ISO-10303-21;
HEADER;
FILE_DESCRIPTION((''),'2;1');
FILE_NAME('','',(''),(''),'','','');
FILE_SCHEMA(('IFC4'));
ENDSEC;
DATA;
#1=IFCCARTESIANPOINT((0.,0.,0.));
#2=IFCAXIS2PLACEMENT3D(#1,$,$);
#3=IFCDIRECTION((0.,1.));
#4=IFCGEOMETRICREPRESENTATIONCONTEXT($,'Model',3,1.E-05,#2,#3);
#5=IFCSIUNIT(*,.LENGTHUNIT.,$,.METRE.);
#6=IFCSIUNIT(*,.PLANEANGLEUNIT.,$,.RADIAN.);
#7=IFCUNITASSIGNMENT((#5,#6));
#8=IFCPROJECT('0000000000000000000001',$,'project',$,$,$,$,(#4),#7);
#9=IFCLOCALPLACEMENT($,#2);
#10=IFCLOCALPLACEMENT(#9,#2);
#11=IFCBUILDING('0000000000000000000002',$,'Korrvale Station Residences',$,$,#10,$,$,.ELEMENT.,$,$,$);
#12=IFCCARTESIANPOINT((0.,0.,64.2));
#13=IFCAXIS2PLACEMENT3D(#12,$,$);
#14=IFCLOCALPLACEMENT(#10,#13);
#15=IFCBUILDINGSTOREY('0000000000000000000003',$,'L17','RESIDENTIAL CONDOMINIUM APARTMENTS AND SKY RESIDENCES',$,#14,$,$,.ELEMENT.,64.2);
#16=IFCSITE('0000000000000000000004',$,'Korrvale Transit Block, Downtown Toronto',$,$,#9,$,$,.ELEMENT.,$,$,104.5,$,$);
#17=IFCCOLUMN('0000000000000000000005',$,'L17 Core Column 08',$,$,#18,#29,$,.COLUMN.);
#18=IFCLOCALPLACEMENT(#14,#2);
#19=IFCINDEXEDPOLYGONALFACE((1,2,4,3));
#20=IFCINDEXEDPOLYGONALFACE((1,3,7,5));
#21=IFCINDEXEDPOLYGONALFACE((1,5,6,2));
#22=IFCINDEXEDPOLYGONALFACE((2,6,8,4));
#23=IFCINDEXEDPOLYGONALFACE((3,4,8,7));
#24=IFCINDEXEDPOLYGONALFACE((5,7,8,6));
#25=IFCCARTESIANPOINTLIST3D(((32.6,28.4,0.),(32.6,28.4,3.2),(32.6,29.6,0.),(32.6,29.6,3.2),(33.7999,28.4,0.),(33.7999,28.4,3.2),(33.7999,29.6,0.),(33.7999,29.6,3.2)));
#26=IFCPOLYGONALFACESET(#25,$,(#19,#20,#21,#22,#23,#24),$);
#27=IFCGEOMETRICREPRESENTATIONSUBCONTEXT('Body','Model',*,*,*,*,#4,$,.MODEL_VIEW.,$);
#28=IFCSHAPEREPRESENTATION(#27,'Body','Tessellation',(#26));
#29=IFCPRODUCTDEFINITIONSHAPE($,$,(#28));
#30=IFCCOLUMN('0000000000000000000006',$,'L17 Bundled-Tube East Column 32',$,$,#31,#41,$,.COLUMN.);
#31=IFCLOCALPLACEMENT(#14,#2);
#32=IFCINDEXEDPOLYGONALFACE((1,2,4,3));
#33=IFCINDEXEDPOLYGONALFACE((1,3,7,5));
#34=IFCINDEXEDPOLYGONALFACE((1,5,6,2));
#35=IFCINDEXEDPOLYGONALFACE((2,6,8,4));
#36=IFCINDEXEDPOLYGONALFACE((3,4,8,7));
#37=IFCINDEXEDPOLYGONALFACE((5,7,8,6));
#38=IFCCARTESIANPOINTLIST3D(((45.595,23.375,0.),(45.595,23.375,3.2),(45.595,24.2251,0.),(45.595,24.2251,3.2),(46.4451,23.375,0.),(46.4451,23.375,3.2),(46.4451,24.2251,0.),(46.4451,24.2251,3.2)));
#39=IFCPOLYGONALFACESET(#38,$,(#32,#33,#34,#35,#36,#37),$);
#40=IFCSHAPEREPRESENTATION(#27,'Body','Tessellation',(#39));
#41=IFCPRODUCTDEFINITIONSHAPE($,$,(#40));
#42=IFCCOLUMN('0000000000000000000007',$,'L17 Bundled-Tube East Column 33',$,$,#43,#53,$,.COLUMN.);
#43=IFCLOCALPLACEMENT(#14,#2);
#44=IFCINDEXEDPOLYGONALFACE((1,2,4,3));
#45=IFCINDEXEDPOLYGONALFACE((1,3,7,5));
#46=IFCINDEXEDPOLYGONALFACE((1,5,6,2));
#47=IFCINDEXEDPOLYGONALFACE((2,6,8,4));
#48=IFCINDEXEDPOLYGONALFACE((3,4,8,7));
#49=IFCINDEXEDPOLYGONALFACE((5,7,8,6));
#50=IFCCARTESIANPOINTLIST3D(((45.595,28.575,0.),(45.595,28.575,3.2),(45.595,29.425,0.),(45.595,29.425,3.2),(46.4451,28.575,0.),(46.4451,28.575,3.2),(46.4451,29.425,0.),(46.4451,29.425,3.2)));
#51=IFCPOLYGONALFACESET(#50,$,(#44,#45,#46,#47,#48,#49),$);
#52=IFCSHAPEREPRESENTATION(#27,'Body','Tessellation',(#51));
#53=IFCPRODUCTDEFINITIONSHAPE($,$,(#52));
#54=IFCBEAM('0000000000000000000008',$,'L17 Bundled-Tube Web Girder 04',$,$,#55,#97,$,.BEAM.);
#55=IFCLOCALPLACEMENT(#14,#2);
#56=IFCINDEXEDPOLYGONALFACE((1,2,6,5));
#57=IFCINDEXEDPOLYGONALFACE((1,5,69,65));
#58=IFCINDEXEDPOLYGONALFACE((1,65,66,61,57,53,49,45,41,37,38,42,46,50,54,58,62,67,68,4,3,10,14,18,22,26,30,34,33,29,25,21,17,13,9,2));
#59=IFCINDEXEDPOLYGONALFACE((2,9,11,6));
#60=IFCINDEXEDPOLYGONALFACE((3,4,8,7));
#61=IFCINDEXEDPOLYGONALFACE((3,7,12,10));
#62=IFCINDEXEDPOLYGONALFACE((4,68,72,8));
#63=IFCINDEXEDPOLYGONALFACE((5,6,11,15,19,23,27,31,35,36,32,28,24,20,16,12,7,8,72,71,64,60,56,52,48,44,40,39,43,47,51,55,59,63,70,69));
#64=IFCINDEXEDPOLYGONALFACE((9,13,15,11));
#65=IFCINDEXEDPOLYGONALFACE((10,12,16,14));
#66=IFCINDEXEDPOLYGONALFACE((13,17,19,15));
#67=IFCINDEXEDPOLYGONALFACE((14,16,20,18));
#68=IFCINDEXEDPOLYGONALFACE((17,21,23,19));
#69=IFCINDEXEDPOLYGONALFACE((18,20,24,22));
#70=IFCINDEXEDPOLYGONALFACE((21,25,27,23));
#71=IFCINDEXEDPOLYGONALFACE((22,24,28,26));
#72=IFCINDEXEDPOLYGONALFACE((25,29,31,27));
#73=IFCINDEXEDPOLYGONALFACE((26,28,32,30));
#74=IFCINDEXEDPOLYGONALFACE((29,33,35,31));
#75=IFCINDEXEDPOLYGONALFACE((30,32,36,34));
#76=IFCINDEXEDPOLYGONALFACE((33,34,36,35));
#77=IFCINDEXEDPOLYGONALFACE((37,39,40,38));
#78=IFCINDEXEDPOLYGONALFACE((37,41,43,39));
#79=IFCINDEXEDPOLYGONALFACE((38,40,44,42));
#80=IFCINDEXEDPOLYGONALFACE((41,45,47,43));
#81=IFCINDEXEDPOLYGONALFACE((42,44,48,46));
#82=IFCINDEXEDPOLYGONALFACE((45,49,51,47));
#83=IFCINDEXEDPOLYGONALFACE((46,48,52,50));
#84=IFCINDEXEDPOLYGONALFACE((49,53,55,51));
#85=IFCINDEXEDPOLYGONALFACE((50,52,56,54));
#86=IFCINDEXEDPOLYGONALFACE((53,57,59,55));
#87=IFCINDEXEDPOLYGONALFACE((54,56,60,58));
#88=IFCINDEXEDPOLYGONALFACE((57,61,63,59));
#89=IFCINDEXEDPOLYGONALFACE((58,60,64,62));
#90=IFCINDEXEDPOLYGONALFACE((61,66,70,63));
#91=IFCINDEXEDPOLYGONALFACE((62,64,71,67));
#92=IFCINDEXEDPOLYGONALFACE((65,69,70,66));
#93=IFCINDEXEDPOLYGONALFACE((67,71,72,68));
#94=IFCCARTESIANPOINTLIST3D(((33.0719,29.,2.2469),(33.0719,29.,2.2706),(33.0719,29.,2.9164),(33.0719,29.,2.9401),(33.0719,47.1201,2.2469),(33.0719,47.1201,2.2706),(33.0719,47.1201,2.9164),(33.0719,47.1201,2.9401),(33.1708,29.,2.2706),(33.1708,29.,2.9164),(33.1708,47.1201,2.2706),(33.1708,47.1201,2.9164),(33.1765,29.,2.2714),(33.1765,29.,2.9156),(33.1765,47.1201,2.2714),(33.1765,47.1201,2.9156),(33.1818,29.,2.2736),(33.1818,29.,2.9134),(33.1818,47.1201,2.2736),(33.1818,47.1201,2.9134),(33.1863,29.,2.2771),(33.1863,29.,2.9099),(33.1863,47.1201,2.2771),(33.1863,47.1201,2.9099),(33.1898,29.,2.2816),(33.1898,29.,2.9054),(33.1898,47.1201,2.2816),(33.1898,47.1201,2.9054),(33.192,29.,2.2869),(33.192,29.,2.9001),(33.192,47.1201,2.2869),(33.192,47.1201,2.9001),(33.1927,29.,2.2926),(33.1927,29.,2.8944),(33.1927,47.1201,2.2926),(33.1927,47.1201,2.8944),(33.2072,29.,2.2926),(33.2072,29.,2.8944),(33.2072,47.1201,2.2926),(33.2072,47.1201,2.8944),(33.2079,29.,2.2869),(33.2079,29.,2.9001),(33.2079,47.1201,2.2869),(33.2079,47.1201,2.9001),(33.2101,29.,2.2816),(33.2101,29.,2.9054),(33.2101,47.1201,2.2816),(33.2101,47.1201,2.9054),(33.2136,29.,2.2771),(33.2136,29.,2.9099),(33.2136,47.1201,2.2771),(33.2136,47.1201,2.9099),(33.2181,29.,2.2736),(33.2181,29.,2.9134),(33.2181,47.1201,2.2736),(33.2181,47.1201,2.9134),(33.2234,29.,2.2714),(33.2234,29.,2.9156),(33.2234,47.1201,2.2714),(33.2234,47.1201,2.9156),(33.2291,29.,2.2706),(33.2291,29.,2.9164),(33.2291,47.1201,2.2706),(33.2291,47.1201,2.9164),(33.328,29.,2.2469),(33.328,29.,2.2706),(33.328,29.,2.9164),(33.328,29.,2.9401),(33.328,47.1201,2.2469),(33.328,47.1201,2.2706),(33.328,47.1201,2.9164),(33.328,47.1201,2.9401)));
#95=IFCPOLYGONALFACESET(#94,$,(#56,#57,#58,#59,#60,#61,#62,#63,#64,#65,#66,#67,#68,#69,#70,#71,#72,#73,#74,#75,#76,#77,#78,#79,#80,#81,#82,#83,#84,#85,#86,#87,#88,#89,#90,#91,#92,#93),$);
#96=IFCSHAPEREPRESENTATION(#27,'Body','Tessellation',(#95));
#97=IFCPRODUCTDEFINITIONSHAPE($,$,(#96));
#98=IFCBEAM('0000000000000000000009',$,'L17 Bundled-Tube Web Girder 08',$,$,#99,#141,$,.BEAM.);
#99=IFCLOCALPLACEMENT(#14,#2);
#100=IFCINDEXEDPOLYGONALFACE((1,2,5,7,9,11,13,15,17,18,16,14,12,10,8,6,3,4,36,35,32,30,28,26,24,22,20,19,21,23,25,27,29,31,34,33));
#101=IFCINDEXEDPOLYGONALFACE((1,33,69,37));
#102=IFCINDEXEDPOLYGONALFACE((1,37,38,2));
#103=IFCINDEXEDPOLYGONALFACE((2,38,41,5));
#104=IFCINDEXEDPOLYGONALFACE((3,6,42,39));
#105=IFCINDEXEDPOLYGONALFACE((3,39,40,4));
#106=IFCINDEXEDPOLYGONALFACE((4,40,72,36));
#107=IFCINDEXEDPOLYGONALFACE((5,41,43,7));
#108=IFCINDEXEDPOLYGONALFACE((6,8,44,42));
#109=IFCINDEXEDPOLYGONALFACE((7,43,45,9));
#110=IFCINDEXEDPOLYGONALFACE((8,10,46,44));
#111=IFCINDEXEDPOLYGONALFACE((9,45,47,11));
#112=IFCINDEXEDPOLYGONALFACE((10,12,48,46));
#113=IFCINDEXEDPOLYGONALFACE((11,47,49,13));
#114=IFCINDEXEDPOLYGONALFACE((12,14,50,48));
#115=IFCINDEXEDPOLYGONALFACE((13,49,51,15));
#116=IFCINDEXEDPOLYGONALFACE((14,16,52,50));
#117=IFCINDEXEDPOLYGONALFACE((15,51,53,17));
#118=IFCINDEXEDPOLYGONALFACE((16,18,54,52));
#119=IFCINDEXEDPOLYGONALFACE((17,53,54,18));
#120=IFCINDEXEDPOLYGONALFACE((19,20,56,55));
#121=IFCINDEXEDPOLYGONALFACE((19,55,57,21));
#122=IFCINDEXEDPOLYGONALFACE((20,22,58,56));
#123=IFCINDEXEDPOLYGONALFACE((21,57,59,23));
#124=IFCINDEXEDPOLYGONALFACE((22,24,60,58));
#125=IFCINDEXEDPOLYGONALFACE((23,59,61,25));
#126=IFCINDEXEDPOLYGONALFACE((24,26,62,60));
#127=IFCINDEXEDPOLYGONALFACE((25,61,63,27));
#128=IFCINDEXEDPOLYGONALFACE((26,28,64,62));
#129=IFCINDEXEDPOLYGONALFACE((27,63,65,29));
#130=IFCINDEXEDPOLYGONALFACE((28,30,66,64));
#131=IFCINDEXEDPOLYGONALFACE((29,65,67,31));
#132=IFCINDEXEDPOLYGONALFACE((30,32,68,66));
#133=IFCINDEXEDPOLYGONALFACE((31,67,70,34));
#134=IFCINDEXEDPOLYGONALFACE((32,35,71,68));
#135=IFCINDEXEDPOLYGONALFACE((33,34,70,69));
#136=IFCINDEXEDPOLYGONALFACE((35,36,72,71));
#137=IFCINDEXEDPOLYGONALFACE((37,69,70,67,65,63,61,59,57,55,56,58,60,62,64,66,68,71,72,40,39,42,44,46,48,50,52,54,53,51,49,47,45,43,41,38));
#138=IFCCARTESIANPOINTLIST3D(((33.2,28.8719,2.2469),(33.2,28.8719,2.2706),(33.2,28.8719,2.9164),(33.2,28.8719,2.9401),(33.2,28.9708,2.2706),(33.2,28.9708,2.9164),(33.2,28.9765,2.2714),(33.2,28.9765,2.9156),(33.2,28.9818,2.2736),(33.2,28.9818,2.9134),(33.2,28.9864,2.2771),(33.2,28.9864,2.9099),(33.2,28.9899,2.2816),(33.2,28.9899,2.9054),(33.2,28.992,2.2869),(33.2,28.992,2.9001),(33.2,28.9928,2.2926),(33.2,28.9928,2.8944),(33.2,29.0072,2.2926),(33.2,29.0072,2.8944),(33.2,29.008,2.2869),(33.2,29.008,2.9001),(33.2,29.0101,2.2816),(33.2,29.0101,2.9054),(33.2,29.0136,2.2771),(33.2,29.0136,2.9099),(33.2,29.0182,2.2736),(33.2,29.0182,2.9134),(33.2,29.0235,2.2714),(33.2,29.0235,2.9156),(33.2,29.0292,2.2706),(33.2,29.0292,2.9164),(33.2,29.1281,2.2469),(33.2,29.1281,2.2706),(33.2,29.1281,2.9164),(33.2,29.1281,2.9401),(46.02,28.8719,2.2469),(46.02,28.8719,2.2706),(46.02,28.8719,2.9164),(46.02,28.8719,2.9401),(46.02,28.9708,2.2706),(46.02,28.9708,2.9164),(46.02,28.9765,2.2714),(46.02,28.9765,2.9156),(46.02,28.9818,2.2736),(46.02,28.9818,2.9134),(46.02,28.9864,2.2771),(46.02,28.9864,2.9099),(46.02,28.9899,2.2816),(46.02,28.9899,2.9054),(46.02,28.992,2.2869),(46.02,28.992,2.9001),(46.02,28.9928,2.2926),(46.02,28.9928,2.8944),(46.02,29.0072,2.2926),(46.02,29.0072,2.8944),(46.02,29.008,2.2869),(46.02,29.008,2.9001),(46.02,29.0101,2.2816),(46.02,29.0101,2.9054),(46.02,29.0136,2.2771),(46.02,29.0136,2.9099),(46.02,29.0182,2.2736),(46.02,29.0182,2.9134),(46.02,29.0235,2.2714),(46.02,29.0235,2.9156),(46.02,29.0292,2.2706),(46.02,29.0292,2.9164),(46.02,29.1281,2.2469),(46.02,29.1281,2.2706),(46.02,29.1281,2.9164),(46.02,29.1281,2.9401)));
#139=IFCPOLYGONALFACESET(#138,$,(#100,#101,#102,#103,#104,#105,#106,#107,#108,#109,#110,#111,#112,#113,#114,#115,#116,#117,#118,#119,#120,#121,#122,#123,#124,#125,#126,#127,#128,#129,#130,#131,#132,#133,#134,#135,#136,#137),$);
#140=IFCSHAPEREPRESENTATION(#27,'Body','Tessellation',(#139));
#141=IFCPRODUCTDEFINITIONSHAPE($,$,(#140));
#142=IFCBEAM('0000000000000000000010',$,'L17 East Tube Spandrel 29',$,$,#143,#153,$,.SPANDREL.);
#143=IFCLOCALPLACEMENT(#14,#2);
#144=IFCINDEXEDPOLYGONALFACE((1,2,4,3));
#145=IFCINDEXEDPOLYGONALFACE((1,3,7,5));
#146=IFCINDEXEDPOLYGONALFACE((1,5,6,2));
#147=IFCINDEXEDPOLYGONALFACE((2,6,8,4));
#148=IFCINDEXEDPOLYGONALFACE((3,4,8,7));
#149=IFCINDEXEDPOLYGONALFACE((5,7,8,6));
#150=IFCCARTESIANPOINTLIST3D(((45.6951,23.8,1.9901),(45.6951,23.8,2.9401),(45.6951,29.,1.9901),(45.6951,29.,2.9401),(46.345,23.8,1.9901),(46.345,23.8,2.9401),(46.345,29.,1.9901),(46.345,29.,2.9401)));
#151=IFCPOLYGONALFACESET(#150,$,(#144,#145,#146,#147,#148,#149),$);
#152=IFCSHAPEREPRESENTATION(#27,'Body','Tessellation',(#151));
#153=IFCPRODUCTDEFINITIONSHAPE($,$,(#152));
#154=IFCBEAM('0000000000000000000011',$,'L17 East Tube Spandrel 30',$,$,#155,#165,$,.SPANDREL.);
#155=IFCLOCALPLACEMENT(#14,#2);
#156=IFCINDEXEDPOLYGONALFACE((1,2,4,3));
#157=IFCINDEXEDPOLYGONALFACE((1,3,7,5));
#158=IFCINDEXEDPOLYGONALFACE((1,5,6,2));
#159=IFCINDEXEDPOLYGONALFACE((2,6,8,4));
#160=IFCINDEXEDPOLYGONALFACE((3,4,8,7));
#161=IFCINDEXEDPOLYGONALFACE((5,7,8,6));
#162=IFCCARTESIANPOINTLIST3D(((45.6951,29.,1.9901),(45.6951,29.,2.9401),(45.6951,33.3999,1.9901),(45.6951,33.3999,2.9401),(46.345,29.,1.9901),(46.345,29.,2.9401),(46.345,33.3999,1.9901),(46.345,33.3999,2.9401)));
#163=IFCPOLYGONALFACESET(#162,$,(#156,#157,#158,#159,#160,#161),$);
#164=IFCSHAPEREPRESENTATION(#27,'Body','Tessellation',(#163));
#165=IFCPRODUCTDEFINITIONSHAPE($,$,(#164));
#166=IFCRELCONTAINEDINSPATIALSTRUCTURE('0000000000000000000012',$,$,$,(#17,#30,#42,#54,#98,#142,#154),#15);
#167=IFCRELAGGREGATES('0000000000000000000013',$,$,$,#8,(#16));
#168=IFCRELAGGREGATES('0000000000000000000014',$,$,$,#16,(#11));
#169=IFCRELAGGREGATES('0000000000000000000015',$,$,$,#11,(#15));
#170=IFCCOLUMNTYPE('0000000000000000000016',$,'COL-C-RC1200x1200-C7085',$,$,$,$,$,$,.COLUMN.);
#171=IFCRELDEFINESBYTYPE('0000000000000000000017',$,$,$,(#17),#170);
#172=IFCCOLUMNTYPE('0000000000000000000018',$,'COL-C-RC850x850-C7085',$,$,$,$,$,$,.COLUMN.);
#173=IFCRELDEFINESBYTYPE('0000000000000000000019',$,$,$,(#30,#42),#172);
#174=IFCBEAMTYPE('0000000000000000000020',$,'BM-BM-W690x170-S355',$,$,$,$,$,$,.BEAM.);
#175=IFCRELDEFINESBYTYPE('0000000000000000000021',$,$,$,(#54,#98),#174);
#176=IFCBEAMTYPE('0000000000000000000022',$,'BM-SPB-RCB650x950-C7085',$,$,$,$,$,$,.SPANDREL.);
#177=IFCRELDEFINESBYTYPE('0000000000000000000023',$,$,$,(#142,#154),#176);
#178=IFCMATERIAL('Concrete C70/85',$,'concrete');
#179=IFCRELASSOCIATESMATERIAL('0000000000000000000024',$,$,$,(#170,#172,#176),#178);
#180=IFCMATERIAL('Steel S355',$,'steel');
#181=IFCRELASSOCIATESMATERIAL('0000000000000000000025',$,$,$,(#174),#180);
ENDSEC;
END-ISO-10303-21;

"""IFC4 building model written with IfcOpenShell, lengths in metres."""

from ifc_helpers import new_model, si_unit, direction, frame, origin, origin_2d, place, context, subcontext, project, spatial, rectangle, i_section, extrude, material, material_profile, profile_set, type_object, element, save


model = new_model("IFC4")

# Units and contexts
model_context = context("Model", 3, precision=1e-05, world=origin(), true_north=direction((0.0, 1.0)))
body_context = subcontext(model_context, "Body", "Model", "MODEL_VIEW")
ifc_project = project(units=[si_unit("LENGTHUNIT", "METRE"), si_unit("PLANEANGLEUNIT", "RADIAN")], contexts=[model_context])

# Site, building, storey
site_placement = place(None, origin())
site = spatial("IfcSite", under=ifc_project, at=site_placement, Name="Korrvale Transit Block, Downtown Toronto", CompositionType="ELEMENT", RefElevation=104.5)
building_placement = place(site_placement, origin())
building = spatial("IfcBuilding", under=site, at=building_placement, Name="Korrvale Station Residences", CompositionType="ELEMENT")
storey_placement = place(building_placement, frame((0.0, 0.0, 64.2)))
storey = spatial("IfcBuildingStorey", under=building, at=storey_placement, Name="L17", Description="RESIDENTIAL CONDOMINIUM APARTMENTS AND SKY RESIDENCES", CompositionType="ELEMENT", Elevation=64.2)

# Columns
ifc_material_1 = material(Name="Concrete C70/85", Category="concrete")
ifc_material_profile_1 = material_profile(ifc_material_1, rectangle(XDim=1.2, YDim=1.2, at=origin_2d()), Name="RC1200x1200")
ifc_profile_set_1 = profile_set([ifc_material_profile_1], Name="Concrete C70/85")
column_type_1 = type_object("IfcColumnType", Name="COL-C-RC1200x1200-C7085", PredefinedType="COLUMN", material=ifc_profile_set_1)
column_placement = place(storey_placement, frame((33.2, 29.0, 0.0), z_axis=(0.0, 0.0, 1.0), x_axis=(1.0, 0.0, 0.0)))
element("IfcColumn", 1, at=column_placement, inside=storey, type_object=column_type_1, Name="L17 Core Column 08", PredefinedType="COLUMN", context=body_context, shape_type="SweptSolid", body=[
    extrude(rectangle(XDim=1.2, YDim=1.2, at=origin_2d()), origin(), (0.0, 0.0, 1.0), 3.2),
])
ifc_material_profile_2 = material_profile(ifc_material_1, rectangle(XDim=0.8501, YDim=0.8501, at=origin_2d()), Name="RC850x850")
ifc_profile_set_2 = profile_set([ifc_material_profile_2], Name="Concrete C70/85")
column_type_2 = type_object("IfcColumnType", Name="COL-C-RC850x850-C7085", PredefinedType="COLUMN", material=ifc_profile_set_2)
for number, where, z_axis, x_axis, name in (
    (2, (46.02, 23.8, 0.0), (0.0, 0.0, 1.0), (1.0, 0.0, 0.0), "L17 Bundled-Tube East Column 32"),
    (3, (46.02, 29.0, 0.0), (0.0, 0.0, 1.0), (1.0, 0.0, 0.0), "L17 Bundled-Tube East Column 33"),
):
    element("IfcColumn", number, at=place(storey_placement, frame(where, z_axis=z_axis, x_axis=x_axis)), inside=storey, type_object=column_type_2, Name=name, PredefinedType="COLUMN", context=body_context, shape_type="SweptSolid", body=[
        extrude(rectangle(XDim=0.8501, YDim=0.8501, at=origin_2d()), origin(), (0.0, 0.0, 1.0), 3.2),
    ])

# Beams
ifc_material_2 = material(Name="Steel S355", Category="steel")
ifc_material_profile_3 = material_profile(ifc_material_2, i_section(OverallWidth=0.2561, OverallDepth=0.6931, WebThickness=0.0144, FlangeThickness=0.0237, FilletRadius=0.022, at=origin_2d()), Name="W690x170")
ifc_profile_set_3 = profile_set([ifc_material_profile_3], Name="Steel S355")
beam_type_1 = type_object("IfcBeamType", Name="BM-BM-W690x170-S355", PredefinedType="BEAM", material=ifc_profile_set_3)
beam_1_placement = place(storey_placement, frame((33.2, 29.0, 2.5935), z_axis=(0.0, 1.0, 0.0), x_axis=(-1.0, 0.0, 0.0)))
element("IfcBeam", 4, at=beam_1_placement, inside=storey, type_object=beam_type_1, Name="L17 Bundled-Tube Web Girder 04", PredefinedType="BEAM", context=body_context, shape_type="SweptSolid", body=[
    extrude(i_section(OverallWidth=0.2561, OverallDepth=0.6931, WebThickness=0.0144, FlangeThickness=0.0237, FilletRadius=0.022, at=origin_2d()), origin(), (0.0, 0.0, 1.0), 18.1201),
])
beam_2_placement = place(storey_placement, frame((33.2, 29.0, 2.5935), z_axis=(1.0, 0.0, 0.0), x_axis=(0.0, 1.0, 0.0)))
element("IfcBeam", 5, at=beam_2_placement, inside=storey, type_object=beam_type_1, Name="L17 Bundled-Tube Web Girder 08", PredefinedType="BEAM", context=body_context, shape_type="SweptSolid", body=[
    extrude(i_section(OverallWidth=0.2561, OverallDepth=0.6931, WebThickness=0.0144, FlangeThickness=0.0237, FilletRadius=0.022, at=origin_2d()), origin(), (0.0, 0.0, 1.0), 12.8201),
])
ifc_material_profile_4 = material_profile(ifc_material_1, rectangle(XDim=0.6499, YDim=0.95, at=origin_2d()), Name="RCB650x950")
ifc_profile_set_4 = profile_set([ifc_material_profile_4], Name="Concrete C70/85")
beam_type_2 = type_object("IfcBeamType", Name="BM-SPB-RCB650x950-C7085", PredefinedType="SPANDREL", material=ifc_profile_set_4)
beam_3_placement = place(storey_placement, frame((46.02, 23.8, 2.4651), z_axis=(0.0, 1.0, 0.0), x_axis=(-1.0, 0.0, 0.0)))
element("IfcBeam", 6, at=beam_3_placement, inside=storey, type_object=beam_type_2, Name="L17 East Tube Spandrel 29", PredefinedType="SPANDREL", context=body_context, shape_type="SweptSolid", body=[
    extrude(rectangle(XDim=0.6499, YDim=0.95, at=origin_2d()), origin(), (0.0, 0.0, 1.0), 5.2),
])
beam_4_placement = place(storey_placement, frame((46.02, 29.0, 2.4651), z_axis=(0.0, 1.0, 0.0), x_axis=(-1.0, 0.0, 0.0)))
element("IfcBeam", 7, at=beam_4_placement, inside=storey, type_object=beam_type_2, Name="L17 East Tube Spandrel 30", PredefinedType="SPANDREL", context=body_context, shape_type="SweptSolid", body=[
    extrude(rectangle(XDim=0.6499, YDim=0.95, at=origin_2d()), origin(), (0.0, 0.0, 1.0), 4.3999),
])

save(model, "model.ifc")
